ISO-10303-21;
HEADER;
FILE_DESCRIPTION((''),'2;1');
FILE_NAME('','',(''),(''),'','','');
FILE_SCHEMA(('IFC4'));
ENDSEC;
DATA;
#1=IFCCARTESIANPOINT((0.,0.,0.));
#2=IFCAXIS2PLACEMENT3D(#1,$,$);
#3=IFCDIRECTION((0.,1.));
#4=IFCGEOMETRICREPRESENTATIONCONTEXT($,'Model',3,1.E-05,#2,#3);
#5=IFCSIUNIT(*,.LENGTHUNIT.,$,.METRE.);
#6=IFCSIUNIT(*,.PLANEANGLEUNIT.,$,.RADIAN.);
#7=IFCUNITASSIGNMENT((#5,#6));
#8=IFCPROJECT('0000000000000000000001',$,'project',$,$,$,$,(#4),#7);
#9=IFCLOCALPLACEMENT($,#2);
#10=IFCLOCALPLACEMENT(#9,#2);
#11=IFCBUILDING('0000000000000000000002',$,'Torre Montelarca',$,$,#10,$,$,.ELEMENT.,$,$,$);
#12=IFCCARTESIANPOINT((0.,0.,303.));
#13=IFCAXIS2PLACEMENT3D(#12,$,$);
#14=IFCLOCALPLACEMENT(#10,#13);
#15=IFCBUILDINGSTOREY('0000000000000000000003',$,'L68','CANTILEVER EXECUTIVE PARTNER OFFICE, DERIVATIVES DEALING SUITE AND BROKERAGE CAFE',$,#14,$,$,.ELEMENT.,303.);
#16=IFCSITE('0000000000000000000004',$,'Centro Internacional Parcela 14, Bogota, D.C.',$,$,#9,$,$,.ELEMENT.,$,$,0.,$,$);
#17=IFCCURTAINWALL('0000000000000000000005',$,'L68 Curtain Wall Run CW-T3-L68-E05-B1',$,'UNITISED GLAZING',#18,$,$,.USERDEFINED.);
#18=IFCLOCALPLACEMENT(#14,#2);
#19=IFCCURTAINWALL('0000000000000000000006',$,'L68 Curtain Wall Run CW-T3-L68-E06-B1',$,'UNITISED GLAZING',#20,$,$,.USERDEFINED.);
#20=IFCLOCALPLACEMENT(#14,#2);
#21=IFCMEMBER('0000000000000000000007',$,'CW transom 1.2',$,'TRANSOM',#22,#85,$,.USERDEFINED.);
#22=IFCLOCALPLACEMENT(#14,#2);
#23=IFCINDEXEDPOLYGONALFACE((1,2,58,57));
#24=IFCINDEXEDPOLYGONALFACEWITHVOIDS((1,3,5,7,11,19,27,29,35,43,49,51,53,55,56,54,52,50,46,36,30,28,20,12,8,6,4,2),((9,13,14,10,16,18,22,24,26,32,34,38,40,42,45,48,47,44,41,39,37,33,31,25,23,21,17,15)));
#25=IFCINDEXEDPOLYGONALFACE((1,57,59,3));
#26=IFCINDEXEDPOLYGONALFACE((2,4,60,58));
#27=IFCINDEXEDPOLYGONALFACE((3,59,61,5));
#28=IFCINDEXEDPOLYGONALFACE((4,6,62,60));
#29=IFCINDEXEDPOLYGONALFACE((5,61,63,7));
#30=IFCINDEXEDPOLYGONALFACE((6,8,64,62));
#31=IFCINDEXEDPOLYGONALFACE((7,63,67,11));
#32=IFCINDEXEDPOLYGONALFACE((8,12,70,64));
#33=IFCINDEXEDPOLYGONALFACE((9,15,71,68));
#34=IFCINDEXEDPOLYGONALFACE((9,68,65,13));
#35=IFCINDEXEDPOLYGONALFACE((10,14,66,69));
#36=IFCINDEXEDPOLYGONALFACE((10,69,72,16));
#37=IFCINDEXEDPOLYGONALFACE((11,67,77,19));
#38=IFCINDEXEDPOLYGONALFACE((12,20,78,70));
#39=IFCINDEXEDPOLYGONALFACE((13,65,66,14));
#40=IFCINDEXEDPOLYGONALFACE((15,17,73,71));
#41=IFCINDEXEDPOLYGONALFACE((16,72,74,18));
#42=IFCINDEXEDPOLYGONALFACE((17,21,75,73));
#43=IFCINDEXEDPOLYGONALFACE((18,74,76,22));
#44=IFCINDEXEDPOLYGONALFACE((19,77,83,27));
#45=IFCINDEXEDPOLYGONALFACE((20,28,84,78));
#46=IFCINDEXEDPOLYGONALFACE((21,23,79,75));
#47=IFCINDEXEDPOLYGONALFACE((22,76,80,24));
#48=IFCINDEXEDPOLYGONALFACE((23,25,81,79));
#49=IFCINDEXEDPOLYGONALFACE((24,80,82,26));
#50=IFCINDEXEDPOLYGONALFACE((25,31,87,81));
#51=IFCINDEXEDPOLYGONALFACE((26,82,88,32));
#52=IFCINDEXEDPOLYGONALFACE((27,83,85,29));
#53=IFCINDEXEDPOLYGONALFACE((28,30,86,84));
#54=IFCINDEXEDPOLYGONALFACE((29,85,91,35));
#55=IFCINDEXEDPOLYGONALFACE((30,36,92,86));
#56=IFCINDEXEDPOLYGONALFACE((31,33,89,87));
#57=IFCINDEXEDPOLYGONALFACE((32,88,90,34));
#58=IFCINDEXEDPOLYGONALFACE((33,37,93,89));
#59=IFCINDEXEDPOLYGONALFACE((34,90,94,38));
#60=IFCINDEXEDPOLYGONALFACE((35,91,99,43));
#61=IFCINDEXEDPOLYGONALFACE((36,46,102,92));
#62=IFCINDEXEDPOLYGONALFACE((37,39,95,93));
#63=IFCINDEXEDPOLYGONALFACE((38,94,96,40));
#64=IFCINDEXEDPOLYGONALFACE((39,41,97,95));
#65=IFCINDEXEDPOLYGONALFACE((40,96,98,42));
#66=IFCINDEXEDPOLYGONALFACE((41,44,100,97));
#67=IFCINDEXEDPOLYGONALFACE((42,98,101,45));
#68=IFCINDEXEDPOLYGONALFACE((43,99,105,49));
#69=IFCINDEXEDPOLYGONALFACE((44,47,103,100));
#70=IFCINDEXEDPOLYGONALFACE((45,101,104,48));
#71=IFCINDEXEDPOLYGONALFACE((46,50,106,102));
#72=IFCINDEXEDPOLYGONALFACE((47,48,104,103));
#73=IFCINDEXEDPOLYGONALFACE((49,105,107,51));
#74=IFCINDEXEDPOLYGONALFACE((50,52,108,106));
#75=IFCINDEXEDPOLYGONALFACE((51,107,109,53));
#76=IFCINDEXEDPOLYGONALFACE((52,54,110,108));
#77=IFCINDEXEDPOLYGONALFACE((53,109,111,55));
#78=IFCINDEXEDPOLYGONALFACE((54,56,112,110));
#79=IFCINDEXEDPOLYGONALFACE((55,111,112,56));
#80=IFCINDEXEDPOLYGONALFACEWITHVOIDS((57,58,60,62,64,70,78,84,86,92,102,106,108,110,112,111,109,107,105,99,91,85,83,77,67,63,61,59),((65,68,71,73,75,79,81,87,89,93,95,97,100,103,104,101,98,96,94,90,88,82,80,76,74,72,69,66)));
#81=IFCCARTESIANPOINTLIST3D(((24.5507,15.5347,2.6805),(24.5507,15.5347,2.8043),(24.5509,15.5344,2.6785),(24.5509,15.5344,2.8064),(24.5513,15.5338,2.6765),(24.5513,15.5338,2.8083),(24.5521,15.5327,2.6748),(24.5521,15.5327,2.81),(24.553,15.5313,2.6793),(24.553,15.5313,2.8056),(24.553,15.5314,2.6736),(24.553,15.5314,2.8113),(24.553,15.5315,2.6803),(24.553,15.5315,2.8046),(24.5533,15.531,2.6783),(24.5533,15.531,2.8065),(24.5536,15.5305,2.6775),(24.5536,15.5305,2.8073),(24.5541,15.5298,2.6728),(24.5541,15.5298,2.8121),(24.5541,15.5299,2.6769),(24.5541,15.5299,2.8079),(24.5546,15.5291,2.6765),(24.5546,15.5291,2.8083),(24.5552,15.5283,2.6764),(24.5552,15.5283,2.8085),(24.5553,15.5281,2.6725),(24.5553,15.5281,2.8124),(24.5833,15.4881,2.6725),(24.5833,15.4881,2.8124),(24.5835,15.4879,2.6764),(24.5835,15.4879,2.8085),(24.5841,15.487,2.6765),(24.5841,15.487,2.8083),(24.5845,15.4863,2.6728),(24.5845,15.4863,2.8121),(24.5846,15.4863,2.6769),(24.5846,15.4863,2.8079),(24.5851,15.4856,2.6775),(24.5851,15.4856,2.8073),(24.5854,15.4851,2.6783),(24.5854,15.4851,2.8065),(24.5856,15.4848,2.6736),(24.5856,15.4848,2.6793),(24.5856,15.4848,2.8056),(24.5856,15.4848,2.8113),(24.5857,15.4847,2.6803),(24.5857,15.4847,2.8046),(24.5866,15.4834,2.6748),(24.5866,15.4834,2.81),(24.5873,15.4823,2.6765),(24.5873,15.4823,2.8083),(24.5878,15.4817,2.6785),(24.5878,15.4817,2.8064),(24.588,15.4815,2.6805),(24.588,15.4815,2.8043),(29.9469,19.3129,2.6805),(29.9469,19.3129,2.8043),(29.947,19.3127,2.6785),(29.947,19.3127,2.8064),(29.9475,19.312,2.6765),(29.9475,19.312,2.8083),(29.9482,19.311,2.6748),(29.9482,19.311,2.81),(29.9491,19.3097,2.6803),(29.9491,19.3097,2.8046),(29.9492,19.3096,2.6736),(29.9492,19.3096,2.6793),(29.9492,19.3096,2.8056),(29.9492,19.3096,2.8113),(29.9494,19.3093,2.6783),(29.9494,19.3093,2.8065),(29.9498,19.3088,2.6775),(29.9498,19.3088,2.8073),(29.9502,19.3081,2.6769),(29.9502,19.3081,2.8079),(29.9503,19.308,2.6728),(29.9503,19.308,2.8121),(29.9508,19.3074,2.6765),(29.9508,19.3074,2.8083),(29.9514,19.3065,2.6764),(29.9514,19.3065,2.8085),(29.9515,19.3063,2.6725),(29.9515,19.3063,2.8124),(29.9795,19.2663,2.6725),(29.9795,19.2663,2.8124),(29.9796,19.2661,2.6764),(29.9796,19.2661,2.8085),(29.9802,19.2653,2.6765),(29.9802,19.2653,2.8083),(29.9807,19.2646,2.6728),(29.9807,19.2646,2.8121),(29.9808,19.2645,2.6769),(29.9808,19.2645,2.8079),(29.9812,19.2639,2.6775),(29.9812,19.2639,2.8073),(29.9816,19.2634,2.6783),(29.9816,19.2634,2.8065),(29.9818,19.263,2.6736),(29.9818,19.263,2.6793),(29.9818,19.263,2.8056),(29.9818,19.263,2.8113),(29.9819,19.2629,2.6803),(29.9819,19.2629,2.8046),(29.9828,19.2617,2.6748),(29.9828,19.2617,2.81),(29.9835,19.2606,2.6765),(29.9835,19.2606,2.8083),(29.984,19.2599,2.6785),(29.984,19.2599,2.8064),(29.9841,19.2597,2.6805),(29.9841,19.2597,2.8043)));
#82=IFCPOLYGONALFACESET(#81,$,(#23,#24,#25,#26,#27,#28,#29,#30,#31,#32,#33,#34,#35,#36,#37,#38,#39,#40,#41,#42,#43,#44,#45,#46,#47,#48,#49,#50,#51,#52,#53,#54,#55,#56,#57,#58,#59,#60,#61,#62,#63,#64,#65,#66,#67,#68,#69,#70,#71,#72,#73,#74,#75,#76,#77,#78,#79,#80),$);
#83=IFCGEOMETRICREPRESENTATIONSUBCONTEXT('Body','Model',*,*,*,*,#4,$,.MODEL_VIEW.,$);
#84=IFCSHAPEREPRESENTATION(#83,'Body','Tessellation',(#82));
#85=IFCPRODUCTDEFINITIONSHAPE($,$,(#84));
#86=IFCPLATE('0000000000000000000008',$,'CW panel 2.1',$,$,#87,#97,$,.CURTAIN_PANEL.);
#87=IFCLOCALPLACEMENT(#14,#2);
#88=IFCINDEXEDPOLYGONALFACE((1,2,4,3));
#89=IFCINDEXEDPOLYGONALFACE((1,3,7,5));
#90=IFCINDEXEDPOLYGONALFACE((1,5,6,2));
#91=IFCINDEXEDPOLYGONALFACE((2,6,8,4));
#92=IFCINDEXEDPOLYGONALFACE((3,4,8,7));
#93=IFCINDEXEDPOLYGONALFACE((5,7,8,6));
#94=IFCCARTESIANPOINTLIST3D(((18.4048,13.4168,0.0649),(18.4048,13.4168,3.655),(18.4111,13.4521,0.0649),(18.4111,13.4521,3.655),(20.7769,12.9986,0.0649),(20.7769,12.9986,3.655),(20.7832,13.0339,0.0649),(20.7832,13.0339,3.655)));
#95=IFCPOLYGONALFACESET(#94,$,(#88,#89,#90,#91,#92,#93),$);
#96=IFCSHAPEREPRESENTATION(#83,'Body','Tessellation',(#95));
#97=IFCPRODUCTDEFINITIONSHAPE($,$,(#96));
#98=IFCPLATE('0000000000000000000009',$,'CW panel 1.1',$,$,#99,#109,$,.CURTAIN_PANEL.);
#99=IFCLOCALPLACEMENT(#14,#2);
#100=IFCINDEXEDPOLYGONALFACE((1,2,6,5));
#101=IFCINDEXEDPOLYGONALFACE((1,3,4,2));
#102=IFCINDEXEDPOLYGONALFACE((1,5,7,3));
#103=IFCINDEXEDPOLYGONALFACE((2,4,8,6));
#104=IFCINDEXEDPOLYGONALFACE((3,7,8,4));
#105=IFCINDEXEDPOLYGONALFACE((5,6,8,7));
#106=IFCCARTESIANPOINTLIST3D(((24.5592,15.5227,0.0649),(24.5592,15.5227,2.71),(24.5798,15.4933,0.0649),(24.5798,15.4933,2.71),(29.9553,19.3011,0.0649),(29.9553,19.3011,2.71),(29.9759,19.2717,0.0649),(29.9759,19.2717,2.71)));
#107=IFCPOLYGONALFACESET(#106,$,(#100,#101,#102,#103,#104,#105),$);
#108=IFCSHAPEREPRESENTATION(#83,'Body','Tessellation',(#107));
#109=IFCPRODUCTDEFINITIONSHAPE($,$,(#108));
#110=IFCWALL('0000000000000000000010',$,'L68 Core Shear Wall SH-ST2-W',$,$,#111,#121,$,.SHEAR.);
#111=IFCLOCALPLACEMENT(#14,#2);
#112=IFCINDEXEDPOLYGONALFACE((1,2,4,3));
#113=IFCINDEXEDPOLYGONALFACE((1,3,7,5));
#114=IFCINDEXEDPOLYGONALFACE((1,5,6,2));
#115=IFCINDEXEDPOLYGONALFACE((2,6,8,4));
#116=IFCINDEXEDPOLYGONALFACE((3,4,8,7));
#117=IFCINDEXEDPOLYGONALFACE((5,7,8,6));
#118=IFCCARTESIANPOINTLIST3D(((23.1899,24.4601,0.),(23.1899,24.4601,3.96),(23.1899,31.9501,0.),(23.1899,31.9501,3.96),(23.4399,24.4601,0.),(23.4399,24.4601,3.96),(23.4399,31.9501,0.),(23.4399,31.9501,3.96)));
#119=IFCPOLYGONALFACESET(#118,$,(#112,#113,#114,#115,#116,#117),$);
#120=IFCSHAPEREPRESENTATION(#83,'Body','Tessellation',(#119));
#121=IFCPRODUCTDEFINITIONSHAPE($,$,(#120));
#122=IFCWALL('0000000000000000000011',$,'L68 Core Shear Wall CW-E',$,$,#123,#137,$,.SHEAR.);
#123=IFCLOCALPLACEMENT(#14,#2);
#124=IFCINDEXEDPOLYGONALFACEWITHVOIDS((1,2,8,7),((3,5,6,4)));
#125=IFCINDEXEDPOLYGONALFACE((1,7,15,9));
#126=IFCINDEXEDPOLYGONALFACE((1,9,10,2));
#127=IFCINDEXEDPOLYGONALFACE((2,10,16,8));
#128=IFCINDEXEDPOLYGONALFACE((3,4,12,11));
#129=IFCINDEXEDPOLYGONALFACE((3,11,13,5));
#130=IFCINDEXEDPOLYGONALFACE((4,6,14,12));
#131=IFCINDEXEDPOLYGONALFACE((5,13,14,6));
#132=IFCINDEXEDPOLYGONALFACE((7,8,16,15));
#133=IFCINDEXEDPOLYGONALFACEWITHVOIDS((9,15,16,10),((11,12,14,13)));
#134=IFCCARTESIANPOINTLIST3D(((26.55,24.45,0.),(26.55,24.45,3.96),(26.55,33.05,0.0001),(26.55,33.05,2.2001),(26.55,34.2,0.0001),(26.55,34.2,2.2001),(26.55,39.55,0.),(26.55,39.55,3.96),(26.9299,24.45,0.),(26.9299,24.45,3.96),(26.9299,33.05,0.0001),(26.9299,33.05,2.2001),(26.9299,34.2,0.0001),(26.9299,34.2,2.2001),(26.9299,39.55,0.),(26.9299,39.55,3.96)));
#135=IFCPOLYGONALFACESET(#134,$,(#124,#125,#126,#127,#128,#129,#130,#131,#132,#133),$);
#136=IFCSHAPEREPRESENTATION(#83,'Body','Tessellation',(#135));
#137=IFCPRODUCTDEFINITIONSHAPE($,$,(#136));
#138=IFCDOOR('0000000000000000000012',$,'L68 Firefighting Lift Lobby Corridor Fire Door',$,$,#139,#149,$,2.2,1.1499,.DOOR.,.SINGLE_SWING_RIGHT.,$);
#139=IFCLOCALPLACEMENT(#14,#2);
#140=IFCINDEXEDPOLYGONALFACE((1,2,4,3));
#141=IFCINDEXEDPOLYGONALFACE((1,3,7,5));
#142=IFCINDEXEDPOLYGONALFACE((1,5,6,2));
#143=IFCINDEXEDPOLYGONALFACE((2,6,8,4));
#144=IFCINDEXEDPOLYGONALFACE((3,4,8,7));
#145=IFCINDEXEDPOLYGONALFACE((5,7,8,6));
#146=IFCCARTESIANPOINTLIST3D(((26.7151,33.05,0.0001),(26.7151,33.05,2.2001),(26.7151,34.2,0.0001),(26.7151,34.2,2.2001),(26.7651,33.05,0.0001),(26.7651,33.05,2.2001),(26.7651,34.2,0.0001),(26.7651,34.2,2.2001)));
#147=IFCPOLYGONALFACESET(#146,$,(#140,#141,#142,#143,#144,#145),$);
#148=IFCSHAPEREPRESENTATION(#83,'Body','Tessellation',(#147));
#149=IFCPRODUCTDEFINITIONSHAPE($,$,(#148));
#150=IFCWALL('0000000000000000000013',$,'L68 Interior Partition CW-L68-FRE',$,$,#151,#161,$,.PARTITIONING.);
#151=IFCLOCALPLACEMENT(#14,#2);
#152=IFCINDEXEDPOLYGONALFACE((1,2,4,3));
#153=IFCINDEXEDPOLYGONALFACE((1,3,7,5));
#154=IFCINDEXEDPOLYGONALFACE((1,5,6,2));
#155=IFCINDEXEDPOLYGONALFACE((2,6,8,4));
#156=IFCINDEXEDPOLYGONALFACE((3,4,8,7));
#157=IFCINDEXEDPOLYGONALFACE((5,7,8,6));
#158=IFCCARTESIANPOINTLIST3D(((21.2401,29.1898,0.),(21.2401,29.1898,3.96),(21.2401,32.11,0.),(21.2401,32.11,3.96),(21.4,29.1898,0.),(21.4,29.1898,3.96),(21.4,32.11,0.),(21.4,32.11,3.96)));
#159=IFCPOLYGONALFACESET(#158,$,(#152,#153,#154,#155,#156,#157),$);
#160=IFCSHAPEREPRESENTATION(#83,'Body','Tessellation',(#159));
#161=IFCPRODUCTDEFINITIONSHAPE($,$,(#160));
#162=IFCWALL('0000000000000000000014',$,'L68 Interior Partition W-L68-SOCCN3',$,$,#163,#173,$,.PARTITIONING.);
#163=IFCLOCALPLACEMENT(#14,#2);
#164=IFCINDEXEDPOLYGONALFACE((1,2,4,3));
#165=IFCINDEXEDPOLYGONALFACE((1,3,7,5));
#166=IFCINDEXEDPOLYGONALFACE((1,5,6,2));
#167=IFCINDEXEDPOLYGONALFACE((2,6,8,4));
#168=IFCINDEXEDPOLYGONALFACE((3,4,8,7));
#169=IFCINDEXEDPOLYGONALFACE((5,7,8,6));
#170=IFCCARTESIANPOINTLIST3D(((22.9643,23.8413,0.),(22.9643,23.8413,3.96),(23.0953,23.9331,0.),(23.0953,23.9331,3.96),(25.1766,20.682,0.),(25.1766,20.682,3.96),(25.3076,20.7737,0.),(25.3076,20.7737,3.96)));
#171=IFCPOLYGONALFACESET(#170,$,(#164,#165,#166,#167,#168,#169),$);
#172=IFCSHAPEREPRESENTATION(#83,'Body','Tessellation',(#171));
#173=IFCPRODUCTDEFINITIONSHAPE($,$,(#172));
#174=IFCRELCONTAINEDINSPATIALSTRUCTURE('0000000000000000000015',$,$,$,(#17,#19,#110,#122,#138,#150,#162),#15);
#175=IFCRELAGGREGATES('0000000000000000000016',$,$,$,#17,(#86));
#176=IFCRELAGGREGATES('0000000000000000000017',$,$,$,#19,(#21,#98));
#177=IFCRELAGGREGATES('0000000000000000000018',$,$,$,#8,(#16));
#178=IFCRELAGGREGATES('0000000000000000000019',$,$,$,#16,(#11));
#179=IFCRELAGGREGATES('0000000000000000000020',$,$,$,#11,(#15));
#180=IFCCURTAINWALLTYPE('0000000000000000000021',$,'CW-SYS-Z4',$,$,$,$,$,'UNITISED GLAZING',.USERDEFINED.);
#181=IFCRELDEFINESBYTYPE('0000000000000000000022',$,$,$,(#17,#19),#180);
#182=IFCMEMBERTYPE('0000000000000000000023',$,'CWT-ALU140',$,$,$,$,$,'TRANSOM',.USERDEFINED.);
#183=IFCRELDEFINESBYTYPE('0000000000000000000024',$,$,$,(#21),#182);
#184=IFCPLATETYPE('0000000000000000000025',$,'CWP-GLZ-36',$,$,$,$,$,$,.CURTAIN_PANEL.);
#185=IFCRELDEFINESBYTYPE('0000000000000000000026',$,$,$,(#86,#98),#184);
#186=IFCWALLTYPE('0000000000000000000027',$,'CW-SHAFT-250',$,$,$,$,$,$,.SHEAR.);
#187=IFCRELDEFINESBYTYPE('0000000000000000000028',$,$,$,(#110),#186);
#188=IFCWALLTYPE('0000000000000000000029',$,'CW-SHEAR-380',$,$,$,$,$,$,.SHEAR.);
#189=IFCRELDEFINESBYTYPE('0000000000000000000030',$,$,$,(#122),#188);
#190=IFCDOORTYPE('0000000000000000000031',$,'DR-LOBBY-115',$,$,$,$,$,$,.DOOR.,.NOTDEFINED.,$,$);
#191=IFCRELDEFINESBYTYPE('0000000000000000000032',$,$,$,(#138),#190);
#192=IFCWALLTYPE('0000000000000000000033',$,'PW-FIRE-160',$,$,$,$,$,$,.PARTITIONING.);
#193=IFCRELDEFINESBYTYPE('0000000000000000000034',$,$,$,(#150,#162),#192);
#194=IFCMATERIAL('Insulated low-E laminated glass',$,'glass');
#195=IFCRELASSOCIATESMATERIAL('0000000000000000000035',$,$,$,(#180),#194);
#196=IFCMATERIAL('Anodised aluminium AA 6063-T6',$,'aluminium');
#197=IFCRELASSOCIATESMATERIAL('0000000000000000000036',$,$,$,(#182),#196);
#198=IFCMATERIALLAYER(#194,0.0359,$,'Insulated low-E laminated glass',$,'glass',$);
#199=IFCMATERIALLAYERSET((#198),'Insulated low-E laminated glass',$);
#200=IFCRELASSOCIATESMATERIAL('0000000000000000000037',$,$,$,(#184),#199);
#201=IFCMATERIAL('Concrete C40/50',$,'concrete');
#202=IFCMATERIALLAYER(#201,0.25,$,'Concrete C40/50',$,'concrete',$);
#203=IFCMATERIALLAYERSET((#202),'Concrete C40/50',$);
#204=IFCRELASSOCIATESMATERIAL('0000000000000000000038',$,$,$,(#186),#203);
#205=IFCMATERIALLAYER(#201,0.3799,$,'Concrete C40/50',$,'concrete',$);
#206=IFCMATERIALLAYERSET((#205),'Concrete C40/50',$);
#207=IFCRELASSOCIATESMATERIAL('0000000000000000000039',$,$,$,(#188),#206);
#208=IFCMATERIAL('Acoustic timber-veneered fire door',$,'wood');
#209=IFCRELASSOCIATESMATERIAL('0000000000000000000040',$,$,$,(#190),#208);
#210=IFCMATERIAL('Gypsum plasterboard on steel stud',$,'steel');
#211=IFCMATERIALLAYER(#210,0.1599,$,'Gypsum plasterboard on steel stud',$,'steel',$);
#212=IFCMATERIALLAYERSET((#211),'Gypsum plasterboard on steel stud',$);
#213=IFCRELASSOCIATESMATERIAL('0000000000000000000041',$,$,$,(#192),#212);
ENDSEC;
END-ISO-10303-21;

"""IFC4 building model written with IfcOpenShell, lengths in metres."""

from ifc_helpers import new_model, si_unit, direction, frame, frame_2d, origin, origin_2d, place, context, subcontext, project, spatial, rectangle, hollow_rectangle, extrude, source, transform, mapped, material, layer, layer_set, material_profile, profile_set, type_object, element, fill, aggregate, save


model = new_model("IFC4")

# Units and contexts
model_context = context("Model", 3, precision=1e-05, world=origin(), true_north=direction((0.0, 1.0)))
body_context = subcontext(model_context, "Body", "Model", "MODEL_VIEW")
ifc_project = project(units=[si_unit("LENGTHUNIT", "METRE"), si_unit("PLANEANGLEUNIT", "RADIAN")], contexts=[model_context])

# Site, building, storey
site_placement = place(None, origin())
site = spatial("IfcSite", under=ifc_project, at=site_placement, Name="Centro Internacional Parcela 14, Bogota, D.C.", CompositionType="ELEMENT", RefElevation=0.0)
building_placement = place(site_placement, origin())
building = spatial("IfcBuilding", under=site, at=building_placement, Name="Torre Montelarca", CompositionType="ELEMENT")
storey_placement = place(building_placement, frame((0.0, 0.0, 303.0)))
storey = spatial("IfcBuildingStorey", under=building, at=storey_placement, Name="L68", Description="CANTILEVER EXECUTIVE PARTNER OFFICE, DERIVATIVES DEALING SUITE AND BROKERAGE CAFE", CompositionType="ELEMENT", Elevation=303.0)

# Curtain walls
ifc_material_1 = material(Name="Insulated low-E laminated glass", Category="glass")
curtain_wall_type = type_object("IfcCurtainWallType", Name="CW-SYS-Z4", ElementType="UNITISED GLAZING", PredefinedType="USERDEFINED", material=ifc_material_1)
curtain_wall_1_placement = place(storey_placement, origin())
curtain_wall_1 = element("IfcCurtainWall", 1, at=curtain_wall_1_placement, inside=storey, type_object=curtain_wall_type, Name="L68 Curtain Wall Run CW-T3-L68-E05-B1", ObjectType="UNITISED GLAZING", PredefinedType="USERDEFINED")
ifc_material_2 = material(Name="Anodised aluminium AA 6063-T6", Category="aluminium")
curtain_wall_2_placement = place(storey_placement, origin())
curtain_wall_2 = element("IfcCurtainWall", 2, at=curtain_wall_2_placement, inside=storey, type_object=curtain_wall_type, Name="L68 Curtain Wall Run CW-T3-L68-E06-B1", ObjectType="UNITISED GLAZING", PredefinedType="USERDEFINED")

# Member
ifc_material_profile_1 = material_profile(ifc_material_2, hollow_rectangle(XDim=0.0649, YDim=0.1399, WallThickness=0.0039, InnerFilletRadius=0.0039, OuterFilletRadius=0.0081, at=origin_2d()), Name="ALU65X140X4", Category="aluminium")
ifc_profile_set_1 = profile_set([ifc_material_profile_1], Name="Anodised aluminium AA 6063-T6")
member_type_1 = type_object("IfcMemberType", Name="CWT-ALU140", ElementType="TRANSOM", PredefinedType="USERDEFINED", material=ifc_profile_set_1)
shared_shape_1 = source(origin(), body_context, "Body", "SweptSolid", [
    extrude(hollow_rectangle(XDim=0.0649, YDim=0.1399, WallThickness=0.0039, InnerFilletRadius=0.0039, OuterFilletRadius=0.0081, at=origin_2d()), origin(), (0.0, 0.0, 1.0), 6.5874),
])
member_1_placement = place(storey_placement, frame((24.5693, 15.5081, 2.7424), z_axis=(0.819164, 0.573559, 0.0), x_axis=(-0.573559, 0.819164, 0.0)))
member_1 = element("IfcMember", 3, at=member_1_placement, type_object=member_type_1, Name="CW transom 1.2", ObjectType="TRANSOM", PredefinedType="USERDEFINED", context=body_context, shape_type="MappedRepresentation", body=[
    mapped(shared_shape_1, transform((0.0, 0.0, 0.0), scale=1.0)),
])

# Plates
ifc_layer_1 = layer(ifc_material_1, 0.0359, Name="Insulated low-E laminated glass", Category="glass")
ifc_layer_set_1 = layer_set([ifc_layer_1], Name="Insulated low-E laminated glass")
plate_type = type_object("IfcPlateType", Name="CWP-GLZ-36", PredefinedType="CURTAIN_PANEL", material=ifc_layer_set_1)
shared_shape_2 = source(origin(), body_context, "Body", "SweptSolid", [
    extrude(rectangle(XDim=2.4087, YDim=0.0359, at=origin_2d()), origin(), (0.0, 0.0, 1.0), 3.5901),
])
plate_1_placement = place(storey_placement, frame((19.594, 13.2253, 0.0649), z_axis=(0.0, 0.0, 1.0), x_axis=(0.98481, -0.173635, 0.0)))
plate_1 = element("IfcPlate", 4, at=plate_1_placement, type_object=plate_type, Name="CW panel 2.1", PredefinedType="CURTAIN_PANEL", context=body_context, shape_type="MappedRepresentation", body=[
    mapped(shared_shape_2, transform((0.0, 0.0, 0.0), scale=1.0)),
])
aggregate(curtain_wall_1, [plate_1])
shared_shape_3 = source(origin(), body_context, "Body", "SweptSolid", [
    extrude(rectangle(XDim=6.5874, YDim=0.0359, at=origin_2d()), origin(), (0.0, 0.0, 1.0), 2.645),
])
plate_2_placement = place(storey_placement, frame((27.2676, 17.3972, 0.0649), z_axis=(0.0, 0.0, 1.0), x_axis=(0.819155, 0.573572, 0.0)))
plate_2 = element("IfcPlate", 5, at=plate_2_placement, type_object=plate_type, Name="CW panel 1.1", PredefinedType="CURTAIN_PANEL", context=body_context, shape_type="MappedRepresentation", body=[
    mapped(shared_shape_3, transform((0.0, 0.0, 0.0), scale=1.0)),
])
aggregate(curtain_wall_2, [member_1, plate_2])

# Wall
ifc_material_3 = material(Name="Concrete C40/50", Category="concrete")
ifc_layer_2 = layer(ifc_material_3, 0.25, Name="Concrete C40/50", Category="concrete")
ifc_layer_set_2 = layer_set([ifc_layer_2], Name="Concrete C40/50")
wall_type_1 = type_object("IfcWallType", Name="CW-SHAFT-250", PredefinedType="SHEAR", material=ifc_layer_set_2)
wall_1_placement = place(storey_placement, frame((23.3149, 24.46, 0.0), z_axis=(0.0, 0.0, 1.0), x_axis=(0.0, 1.0, 0.0)))
element("IfcWall", 6, at=wall_1_placement, inside=storey, type_object=wall_type_1, Name="L68 Core Shear Wall SH-ST2-W", PredefinedType="SHEAR", context=body_context, shape_type="SweptSolid", body=[
    extrude(rectangle(XDim=7.49, YDim=0.25, at=frame_2d((3.7451, 0.0))), origin(), (0.0, 0.0, 1.0), 3.96),
])

# Wall, opening, door
ifc_layer_3 = layer(ifc_material_3, 0.3799, Name="Concrete C40/50", Category="concrete")
ifc_layer_set_3 = layer_set([ifc_layer_3], Name="Concrete C40/50")
wall_type_2 = type_object("IfcWallType", Name="CW-SHEAR-380", PredefinedType="SHEAR", material=ifc_layer_set_3)
wall_2_placement = place(storey_placement, frame((26.74, 24.45, 0.0), z_axis=(0.0, 0.0, 1.0), x_axis=(0.0, 1.0, 0.0)))
wall_2 = element("IfcWall", 7, at=wall_2_placement, inside=storey, type_object=wall_type_2, Name="L68 Core Shear Wall CW-E", PredefinedType="SHEAR", context=body_context, shape_type="SweptSolid", body=[
    extrude(rectangle(XDim=15.1001, YDim=0.3799, at=frame_2d((7.55, 0.0))), origin(), (0.0, 0.0, 1.0), 3.96),
])
opening_1_placement = place(wall_2_placement, frame((8.6001, 0.0, 0.0)))
opening_1 = element("IfcOpeningElement", 8, at=opening_1_placement, cuts=wall_2, PredefinedType="OPENING", context=body_context, shape_type="SweptSolid", body=[
    extrude(rectangle(XDim=1.1499, YDim=2.2, at=frame_2d((0.575, 1.1001))), frame((0.0, 0.2, 0.0), z_axis=(0.0, -1.0, 0.0), x_axis=(1.0, 0.0, 0.0)), (0.0, 0.0, 1.0), 0.3999),
])
ifc_material_4 = material(Name="Acoustic timber-veneered fire door", Category="wood")
door_type_1 = type_object("IfcDoorType", Name="DR-LOBBY-115", OperationType="NOTDEFINED", PredefinedType="DOOR", material=ifc_material_4)
shared_shape_4 = source(origin(), body_context, "Body", "SweptSolid", [
    extrude(rectangle(XDim=1.1499, YDim=2.2, at=frame_2d((0.575, 1.1001))), frame((0.0, 0.0249, 0.0), z_axis=(0.0, -1.0, 0.0), x_axis=(1.0, 0.0, 0.0)), (0.0, 0.0, 1.0), 0.05),
])
door_1_placement = place(opening_1_placement, origin())
door_1 = element("IfcDoor", 9, at=door_1_placement, inside=storey, type_object=door_type_1, Name="L68 Firefighting Lift Lobby Corridor Fire Door", OperationType="SINGLE_SWING_RIGHT", OverallHeight=2.2, OverallWidth=1.1499, PredefinedType="DOOR", context=body_context, shape_type="MappedRepresentation", body=[
    mapped(shared_shape_4, transform((0.0, 0.0, 0.0), scale=1.0)),
])
fill(opening_1, door_1)

# Walls
ifc_material_5 = material(Name="Gypsum plasterboard on steel stud", Category="steel")
ifc_layer_4 = layer(ifc_material_5, 0.1599, Name="Gypsum plasterboard on steel stud", Category="steel")
ifc_layer_set_4 = layer_set([ifc_layer_4], Name="Gypsum plasterboard on steel stud")
wall_type_3 = type_object("IfcWallType", Name="PW-FIRE-160", PredefinedType="PARTITIONING", material=ifc_layer_set_4)
wall_3_placement = place(storey_placement, frame((21.3201, 29.1899, 0.0), z_axis=(0.0, 0.0, 1.0), x_axis=(0.0, 1.0, 0.0)))
element("IfcWall", 10, at=wall_3_placement, inside=storey, type_object=wall_type_3, Name="L68 Interior Partition CW-L68-FRE", PredefinedType="PARTITIONING", context=body_context, shape_type="SweptSolid", body=[
    extrude(rectangle(XDim=2.9202, YDim=0.1599, at=frame_2d((1.46, 0.0))), origin(), (0.0, 0.0, 1.0), 3.96),
])
wall_4_placement = place(storey_placement, frame((23.0298, 23.8872, 0.0), z_axis=(0.0, 0.0, 1.0), x_axis=(0.573603, -0.819134, 0.0)))
element("IfcWall", 11, at=wall_4_placement, inside=storey, type_object=wall_type_3, Name="L68 Interior Partition W-L68-SOCCN3", PredefinedType="PARTITIONING", context=body_context, shape_type="SweptSolid", body=[
    extrude(rectangle(XDim=3.8569, YDim=0.1599, at=frame_2d((1.9285, 0.0))), origin(), (0.0, 0.0, 1.0), 3.96),
])

save(model, "model.ifc")
